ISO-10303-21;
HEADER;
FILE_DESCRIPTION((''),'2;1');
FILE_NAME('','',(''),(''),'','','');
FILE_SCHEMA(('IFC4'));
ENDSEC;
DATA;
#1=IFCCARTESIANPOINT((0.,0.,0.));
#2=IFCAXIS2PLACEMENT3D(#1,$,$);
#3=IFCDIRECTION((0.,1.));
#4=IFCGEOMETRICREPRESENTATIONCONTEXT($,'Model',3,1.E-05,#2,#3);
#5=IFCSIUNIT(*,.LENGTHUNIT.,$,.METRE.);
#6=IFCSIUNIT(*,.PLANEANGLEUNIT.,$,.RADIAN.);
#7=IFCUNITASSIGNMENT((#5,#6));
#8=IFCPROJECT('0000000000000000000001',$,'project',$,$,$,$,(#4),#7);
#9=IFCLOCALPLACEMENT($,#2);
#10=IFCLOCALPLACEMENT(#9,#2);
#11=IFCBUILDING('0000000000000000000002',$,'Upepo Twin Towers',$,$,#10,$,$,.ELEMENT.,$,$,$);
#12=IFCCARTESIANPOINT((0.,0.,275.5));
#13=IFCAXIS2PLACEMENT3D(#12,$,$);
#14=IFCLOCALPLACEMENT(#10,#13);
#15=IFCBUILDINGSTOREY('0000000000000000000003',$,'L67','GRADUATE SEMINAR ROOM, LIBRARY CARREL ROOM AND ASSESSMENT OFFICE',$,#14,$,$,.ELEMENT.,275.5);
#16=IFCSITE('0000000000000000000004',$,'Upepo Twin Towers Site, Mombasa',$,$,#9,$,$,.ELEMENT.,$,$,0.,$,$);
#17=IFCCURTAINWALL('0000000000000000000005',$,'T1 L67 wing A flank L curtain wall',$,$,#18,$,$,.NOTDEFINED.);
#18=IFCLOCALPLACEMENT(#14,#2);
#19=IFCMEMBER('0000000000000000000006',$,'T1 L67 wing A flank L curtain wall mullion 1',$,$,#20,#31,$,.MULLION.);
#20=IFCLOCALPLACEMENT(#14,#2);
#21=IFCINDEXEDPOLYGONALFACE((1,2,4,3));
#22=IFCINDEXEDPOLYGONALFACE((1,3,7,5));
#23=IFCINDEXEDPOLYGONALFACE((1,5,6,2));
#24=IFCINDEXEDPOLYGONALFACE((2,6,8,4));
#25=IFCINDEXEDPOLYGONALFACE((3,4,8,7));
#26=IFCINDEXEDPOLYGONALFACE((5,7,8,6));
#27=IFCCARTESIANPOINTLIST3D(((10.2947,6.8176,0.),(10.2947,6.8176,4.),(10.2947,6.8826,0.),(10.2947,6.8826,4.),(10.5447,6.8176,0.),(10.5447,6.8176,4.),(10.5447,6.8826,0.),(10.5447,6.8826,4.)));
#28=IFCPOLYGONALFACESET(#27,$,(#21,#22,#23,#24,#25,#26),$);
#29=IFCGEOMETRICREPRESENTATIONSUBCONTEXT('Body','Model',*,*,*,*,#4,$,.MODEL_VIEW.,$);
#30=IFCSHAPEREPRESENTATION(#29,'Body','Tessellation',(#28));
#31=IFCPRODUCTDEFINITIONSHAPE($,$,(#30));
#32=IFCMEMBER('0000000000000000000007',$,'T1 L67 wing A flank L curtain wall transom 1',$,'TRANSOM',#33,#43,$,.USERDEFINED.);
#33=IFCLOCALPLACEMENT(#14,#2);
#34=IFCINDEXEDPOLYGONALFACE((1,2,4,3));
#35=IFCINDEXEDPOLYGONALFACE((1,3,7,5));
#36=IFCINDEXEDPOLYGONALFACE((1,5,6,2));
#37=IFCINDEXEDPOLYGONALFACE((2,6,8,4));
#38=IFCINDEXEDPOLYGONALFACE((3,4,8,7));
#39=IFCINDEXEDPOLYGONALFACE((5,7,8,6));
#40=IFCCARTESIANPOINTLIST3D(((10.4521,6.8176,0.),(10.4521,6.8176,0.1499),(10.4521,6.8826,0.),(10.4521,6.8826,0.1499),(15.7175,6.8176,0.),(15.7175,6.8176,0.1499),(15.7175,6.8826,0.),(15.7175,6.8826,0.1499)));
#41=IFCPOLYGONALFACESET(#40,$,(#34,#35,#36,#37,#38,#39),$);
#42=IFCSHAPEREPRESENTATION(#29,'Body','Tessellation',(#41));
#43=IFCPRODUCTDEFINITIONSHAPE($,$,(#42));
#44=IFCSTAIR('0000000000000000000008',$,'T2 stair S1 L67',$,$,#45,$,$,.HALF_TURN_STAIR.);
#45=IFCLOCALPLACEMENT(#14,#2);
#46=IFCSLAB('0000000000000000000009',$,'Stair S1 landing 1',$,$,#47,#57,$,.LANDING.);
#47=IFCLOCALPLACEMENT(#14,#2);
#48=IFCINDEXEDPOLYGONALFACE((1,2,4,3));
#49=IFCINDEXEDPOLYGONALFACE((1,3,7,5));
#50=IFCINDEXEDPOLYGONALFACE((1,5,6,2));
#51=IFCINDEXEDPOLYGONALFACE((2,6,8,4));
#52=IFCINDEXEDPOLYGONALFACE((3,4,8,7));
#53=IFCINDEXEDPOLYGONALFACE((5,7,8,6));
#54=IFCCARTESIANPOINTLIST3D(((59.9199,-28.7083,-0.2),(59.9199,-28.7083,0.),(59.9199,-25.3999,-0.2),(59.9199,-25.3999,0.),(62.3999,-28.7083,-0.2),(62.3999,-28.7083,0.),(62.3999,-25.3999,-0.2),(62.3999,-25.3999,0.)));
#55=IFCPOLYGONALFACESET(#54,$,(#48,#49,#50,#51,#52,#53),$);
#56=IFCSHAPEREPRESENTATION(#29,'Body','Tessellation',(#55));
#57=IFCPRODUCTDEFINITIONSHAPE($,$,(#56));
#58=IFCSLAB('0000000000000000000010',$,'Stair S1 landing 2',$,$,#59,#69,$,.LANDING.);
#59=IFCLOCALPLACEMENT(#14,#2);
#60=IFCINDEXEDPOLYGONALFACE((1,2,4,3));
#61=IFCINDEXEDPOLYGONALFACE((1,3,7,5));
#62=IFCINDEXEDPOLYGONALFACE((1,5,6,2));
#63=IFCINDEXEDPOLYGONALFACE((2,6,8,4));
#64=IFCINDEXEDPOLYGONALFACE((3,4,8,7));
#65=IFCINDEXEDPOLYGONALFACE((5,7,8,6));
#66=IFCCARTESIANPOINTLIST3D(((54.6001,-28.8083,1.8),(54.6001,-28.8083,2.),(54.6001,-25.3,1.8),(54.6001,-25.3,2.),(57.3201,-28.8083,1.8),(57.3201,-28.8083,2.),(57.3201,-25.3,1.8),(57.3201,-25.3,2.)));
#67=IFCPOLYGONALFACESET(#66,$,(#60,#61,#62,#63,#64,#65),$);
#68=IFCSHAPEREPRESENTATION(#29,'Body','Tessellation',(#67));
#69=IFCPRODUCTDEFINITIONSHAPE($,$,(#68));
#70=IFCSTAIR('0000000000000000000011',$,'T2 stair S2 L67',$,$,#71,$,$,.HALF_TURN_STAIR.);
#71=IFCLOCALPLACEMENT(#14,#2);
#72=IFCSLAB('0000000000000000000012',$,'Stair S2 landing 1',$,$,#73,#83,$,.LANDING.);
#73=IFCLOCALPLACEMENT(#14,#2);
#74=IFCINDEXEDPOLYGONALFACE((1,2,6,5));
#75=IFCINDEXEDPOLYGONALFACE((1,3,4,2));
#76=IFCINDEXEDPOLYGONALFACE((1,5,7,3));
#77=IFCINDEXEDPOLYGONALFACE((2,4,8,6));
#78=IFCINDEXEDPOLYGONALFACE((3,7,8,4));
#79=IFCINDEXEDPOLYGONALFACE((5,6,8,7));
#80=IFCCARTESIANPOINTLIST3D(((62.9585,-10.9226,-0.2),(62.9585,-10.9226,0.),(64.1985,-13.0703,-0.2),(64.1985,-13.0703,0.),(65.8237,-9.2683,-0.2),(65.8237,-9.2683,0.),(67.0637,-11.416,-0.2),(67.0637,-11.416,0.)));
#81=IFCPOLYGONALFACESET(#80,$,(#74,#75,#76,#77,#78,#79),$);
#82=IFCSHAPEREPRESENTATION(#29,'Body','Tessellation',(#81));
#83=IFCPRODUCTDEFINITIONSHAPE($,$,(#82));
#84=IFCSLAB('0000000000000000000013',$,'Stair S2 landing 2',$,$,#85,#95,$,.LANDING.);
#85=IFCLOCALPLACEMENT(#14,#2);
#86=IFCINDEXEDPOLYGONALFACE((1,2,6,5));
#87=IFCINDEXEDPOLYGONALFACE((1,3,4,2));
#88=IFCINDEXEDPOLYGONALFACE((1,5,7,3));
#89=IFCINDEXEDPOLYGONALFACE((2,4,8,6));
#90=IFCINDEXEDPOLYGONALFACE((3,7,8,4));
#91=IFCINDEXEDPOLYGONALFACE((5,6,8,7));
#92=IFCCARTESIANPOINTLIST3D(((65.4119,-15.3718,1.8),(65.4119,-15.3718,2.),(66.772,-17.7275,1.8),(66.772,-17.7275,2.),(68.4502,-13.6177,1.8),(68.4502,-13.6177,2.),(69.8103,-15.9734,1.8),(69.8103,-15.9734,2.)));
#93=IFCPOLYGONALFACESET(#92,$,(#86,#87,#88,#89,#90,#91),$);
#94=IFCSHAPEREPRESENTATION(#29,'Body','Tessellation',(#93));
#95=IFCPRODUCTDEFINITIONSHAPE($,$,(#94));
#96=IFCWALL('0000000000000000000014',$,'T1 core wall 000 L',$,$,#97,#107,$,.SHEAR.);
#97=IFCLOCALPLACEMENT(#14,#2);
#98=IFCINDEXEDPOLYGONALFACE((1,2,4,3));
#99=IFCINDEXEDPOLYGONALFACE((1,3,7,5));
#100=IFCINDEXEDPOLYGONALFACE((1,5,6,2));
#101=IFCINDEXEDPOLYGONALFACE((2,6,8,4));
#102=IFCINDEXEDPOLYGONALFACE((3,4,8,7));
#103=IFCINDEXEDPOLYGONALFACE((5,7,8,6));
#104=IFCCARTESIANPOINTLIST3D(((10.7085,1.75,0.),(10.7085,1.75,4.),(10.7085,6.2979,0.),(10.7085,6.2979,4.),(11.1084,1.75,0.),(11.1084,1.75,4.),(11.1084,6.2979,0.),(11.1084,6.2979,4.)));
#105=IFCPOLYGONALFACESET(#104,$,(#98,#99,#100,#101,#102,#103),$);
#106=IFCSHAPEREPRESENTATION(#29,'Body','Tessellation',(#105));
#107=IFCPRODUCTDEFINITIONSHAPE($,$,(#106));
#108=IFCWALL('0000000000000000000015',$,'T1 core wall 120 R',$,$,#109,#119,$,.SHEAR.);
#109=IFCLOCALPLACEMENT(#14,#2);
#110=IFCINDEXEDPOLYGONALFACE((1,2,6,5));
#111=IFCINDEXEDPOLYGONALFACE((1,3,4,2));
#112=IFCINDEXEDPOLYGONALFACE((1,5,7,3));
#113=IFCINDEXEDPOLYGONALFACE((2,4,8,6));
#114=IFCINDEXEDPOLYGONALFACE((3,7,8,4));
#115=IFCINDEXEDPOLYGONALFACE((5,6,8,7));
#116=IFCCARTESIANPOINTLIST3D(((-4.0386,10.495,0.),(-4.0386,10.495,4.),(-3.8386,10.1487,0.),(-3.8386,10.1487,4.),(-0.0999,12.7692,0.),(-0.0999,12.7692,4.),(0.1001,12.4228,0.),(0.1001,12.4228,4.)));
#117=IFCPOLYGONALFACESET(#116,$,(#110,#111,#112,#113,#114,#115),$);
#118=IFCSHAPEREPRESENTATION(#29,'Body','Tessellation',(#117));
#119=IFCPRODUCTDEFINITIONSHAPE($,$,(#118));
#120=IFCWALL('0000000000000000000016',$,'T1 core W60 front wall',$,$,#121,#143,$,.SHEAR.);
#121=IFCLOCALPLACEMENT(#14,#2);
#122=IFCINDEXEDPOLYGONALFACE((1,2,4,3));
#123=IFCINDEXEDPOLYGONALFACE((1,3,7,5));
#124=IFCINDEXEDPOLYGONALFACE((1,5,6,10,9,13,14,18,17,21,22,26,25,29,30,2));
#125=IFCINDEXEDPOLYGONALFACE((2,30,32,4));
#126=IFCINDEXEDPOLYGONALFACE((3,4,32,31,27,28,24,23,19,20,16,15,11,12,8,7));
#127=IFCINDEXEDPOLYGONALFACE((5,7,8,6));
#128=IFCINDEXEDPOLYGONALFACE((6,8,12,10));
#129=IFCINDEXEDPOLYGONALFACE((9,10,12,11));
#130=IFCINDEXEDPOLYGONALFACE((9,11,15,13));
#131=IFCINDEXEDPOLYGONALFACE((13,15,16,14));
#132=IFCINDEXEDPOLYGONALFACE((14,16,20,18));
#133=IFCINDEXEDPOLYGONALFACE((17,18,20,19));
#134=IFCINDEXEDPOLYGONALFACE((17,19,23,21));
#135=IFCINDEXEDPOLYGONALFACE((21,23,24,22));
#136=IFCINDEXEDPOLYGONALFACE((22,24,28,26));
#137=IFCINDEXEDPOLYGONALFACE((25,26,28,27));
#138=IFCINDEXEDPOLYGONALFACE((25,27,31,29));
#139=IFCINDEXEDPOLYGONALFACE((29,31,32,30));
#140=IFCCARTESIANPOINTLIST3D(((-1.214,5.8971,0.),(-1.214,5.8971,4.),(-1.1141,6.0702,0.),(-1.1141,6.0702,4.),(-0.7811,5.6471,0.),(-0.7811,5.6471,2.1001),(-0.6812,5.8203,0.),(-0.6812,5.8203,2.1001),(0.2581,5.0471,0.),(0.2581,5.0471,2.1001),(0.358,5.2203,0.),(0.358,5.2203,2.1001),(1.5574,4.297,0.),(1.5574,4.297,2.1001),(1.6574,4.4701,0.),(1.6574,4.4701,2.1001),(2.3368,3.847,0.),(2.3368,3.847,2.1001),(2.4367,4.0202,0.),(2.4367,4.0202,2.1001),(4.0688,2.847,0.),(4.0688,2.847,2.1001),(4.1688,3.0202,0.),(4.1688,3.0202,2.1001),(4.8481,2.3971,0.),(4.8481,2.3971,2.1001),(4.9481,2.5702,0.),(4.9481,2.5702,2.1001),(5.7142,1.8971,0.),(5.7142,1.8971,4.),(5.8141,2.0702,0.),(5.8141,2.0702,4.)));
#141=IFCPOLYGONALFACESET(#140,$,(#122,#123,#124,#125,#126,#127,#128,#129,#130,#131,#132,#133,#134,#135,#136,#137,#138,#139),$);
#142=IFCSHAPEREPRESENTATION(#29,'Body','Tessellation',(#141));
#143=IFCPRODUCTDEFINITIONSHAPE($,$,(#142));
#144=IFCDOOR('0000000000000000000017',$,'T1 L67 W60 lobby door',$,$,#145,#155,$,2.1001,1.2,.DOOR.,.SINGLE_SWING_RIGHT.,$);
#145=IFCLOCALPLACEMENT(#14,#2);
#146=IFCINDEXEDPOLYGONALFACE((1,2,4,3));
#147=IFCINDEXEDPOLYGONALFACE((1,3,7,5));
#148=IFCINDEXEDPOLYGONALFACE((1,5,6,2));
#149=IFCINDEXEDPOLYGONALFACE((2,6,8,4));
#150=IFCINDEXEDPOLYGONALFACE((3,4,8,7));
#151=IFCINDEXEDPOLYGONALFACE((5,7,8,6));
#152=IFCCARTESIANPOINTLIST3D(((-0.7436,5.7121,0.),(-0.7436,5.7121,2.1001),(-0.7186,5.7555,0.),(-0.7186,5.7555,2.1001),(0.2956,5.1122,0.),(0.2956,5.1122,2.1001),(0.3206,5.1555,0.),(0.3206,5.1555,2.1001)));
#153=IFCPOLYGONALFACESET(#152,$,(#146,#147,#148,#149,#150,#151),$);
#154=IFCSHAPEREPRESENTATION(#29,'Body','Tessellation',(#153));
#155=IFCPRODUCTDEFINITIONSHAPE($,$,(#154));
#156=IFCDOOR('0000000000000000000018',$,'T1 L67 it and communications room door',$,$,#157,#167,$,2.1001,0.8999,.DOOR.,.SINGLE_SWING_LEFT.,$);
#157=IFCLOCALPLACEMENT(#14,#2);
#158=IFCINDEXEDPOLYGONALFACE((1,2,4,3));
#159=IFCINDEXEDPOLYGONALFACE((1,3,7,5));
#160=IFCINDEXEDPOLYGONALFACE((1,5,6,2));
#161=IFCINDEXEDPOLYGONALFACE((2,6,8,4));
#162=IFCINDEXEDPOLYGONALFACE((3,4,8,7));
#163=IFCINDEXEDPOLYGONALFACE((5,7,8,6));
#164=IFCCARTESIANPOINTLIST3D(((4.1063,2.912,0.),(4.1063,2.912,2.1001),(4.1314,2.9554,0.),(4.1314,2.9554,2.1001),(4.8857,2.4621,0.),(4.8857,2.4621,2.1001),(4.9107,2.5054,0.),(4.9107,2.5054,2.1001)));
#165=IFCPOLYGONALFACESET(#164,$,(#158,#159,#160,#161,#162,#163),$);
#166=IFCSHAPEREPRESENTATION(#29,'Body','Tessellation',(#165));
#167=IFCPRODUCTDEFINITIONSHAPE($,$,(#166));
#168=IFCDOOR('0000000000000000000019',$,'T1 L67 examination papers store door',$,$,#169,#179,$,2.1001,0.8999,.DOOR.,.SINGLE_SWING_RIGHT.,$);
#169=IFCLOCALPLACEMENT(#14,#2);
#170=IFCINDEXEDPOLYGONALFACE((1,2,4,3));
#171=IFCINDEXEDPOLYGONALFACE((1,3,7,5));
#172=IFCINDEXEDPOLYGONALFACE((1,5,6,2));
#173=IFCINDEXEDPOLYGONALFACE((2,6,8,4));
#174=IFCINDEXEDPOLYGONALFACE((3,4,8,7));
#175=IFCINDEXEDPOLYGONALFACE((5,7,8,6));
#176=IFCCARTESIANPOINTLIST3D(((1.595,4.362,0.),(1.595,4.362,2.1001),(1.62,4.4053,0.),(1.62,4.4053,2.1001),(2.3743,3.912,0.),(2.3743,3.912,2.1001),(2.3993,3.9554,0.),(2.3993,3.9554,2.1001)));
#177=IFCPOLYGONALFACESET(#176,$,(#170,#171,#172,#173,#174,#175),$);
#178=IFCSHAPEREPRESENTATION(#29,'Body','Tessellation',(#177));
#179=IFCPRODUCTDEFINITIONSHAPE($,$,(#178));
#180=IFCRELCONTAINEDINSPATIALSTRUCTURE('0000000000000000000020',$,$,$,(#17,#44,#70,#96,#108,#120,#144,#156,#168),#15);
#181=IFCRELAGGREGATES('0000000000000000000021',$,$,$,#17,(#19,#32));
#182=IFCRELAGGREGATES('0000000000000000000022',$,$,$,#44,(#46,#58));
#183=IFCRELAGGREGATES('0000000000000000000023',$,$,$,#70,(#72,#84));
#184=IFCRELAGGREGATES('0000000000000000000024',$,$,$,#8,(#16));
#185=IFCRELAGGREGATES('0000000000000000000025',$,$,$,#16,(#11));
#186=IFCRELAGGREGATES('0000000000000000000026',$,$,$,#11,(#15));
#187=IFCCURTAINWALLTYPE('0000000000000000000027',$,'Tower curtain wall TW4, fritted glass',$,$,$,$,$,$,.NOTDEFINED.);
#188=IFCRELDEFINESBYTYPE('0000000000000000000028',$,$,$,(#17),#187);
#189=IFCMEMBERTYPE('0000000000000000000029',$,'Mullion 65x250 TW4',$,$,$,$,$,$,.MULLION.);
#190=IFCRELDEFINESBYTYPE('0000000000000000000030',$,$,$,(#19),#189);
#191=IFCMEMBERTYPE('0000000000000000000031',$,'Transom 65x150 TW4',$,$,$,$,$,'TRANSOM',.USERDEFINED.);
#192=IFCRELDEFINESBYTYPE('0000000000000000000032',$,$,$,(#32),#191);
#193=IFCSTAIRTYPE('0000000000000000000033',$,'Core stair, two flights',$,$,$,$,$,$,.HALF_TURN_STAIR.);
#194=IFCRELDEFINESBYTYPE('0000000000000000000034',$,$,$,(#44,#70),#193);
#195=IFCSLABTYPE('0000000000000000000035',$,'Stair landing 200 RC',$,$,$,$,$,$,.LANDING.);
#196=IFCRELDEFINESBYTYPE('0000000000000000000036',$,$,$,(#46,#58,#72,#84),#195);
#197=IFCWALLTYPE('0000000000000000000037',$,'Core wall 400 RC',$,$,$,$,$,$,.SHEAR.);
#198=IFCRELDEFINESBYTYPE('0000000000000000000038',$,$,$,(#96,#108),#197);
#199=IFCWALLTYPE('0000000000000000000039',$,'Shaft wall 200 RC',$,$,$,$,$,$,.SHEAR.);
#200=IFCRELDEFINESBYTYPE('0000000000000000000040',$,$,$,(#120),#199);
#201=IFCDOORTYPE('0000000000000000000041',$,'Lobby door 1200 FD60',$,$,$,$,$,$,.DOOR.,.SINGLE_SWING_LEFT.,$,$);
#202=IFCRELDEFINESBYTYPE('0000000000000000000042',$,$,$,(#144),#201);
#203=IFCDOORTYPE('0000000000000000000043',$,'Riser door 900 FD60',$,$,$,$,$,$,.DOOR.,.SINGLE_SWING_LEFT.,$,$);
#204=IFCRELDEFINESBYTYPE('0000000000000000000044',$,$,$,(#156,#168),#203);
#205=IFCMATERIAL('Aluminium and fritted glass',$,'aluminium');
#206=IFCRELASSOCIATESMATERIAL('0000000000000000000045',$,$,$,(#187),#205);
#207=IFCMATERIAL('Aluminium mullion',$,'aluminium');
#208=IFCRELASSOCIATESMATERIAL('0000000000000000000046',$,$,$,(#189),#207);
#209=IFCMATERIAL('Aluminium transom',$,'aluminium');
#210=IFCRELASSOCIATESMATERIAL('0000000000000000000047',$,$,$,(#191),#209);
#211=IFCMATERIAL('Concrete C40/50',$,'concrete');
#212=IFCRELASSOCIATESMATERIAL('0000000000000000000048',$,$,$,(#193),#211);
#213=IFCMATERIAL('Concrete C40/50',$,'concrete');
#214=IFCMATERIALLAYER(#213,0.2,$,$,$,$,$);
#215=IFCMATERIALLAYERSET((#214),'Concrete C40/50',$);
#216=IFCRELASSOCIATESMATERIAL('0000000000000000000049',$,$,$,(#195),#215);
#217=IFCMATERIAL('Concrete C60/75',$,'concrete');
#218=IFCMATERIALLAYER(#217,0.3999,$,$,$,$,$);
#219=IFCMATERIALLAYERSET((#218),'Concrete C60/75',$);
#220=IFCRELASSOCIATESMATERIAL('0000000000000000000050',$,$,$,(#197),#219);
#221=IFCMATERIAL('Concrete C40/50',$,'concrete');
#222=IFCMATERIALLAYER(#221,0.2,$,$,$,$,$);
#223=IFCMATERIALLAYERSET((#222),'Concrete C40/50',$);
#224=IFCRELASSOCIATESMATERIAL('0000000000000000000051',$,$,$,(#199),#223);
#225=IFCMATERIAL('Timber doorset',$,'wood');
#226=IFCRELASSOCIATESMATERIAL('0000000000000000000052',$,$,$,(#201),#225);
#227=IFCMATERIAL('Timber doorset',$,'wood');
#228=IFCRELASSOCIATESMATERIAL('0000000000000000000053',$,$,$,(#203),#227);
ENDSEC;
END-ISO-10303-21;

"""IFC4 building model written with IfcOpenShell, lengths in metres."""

from ifc_helpers import new_model, si_unit, direction, frame, frame_2d, origin, origin_2d, place, context, subcontext, project, spatial, polyline, rectangle, outline, extrude, material, layer, layer_set, material_profile, profile_set, type_object, element, fill, aggregate, save


model = new_model("IFC4")

# Units and contexts
model_context = context("Model", 3, precision=1e-05, world=origin(), true_north=direction((0.0, 1.0)))
body_context = subcontext(model_context, "Body", "Model", "MODEL_VIEW")
ifc_project = project(units=[si_unit("LENGTHUNIT", "METRE"), si_unit("PLANEANGLEUNIT", "RADIAN")], contexts=[model_context])

# Site, building, storey
site_placement = place(None, origin())
site = spatial("IfcSite", under=ifc_project, at=site_placement, Name="Upepo Twin Towers Site, Mombasa", CompositionType="ELEMENT", RefElevation=0.0)
building_placement = place(site_placement, origin())
building = spatial("IfcBuilding", under=site, at=building_placement, Name="Upepo Twin Towers", CompositionType="ELEMENT")
storey_placement = place(building_placement, frame((0.0, 0.0, 275.5)))
storey = spatial("IfcBuildingStorey", under=building, at=storey_placement, Name="L67", Description="GRADUATE SEMINAR ROOM, LIBRARY CARREL ROOM AND ASSESSMENT OFFICE", CompositionType="ELEMENT", Elevation=275.5)

# Curtain wall, members
ifc_material_1 = material(Name="Aluminium and fritted glass", Category="aluminium")
curtain_wall_type = type_object("IfcCurtainWallType", Name="Tower curtain wall TW4, fritted glass", PredefinedType="NOTDEFINED", material=ifc_material_1)
curtain_wall_placement = place(storey_placement, origin())
curtain_wall = element("IfcCurtainWall", 1, at=curtain_wall_placement, inside=storey, type_object=curtain_wall_type, Name="T1 L67 wing A flank L curtain wall", PredefinedType="NOTDEFINED")
ifc_material_2 = material(Name="Aluminium mullion", Category="aluminium")
ifc_material_profile_1 = material_profile(ifc_material_2, rectangle(XDim=0.0649, YDim=0.25, at=origin_2d()), Name="MULLION 65x250")
ifc_profile_set_1 = profile_set([ifc_material_profile_1], Name="Aluminium mullion")
member_type_1 = type_object("IfcMemberType", Name="Mullion 65x250 TW4", PredefinedType="MULLION", material=ifc_profile_set_1)
member_1_placement = place(storey_placement, frame((10.4197, 6.8501, 0.0), z_axis=(0.0, 0.0, 1.0), x_axis=(0.0, 1.0, 0.0)))
member_1 = element("IfcMember", 2, at=member_1_placement, type_object=member_type_1, Name="T1 L67 wing A flank L curtain wall mullion 1", PredefinedType="MULLION", context=body_context, shape_type="SweptSolid", body=[
    extrude(rectangle(XDim=0.0649, YDim=0.25, at=origin_2d()), origin(), (0.0, 0.0, 1.0), 4.0),
])
ifc_material_3 = material(Name="Aluminium transom", Category="aluminium")
ifc_material_profile_2 = material_profile(ifc_material_3, rectangle(XDim=0.0649, YDim=0.1499, at=origin_2d()), Name="TRANSOM 65x150")
ifc_profile_set_2 = profile_set([ifc_material_profile_2], Name="Aluminium transom")
member_type_2 = type_object("IfcMemberType", Name="Transom 65x150 TW4", ElementType="TRANSOM", PredefinedType="USERDEFINED", material=ifc_profile_set_2)
member_2_placement = place(storey_placement, frame((10.4521, 6.8501, 0.075), z_axis=(1.0, 0.0, 0.0), x_axis=(0.0, 1.0, 0.0)))
member_2 = element("IfcMember", 3, at=member_2_placement, type_object=member_type_2, Name="T1 L67 wing A flank L curtain wall transom 1", ObjectType="TRANSOM", PredefinedType="USERDEFINED", context=body_context, shape_type="SweptSolid", body=[
    extrude(rectangle(XDim=0.0649, YDim=0.1499, at=origin_2d()), origin(), (0.0, 0.0, 1.0), 5.2654),
])
aggregate(curtain_wall, [member_1, member_2])

# Stairs, slabs
ifc_material_4 = material(Name="Concrete C40/50", Category="concrete")
stair_type = type_object("IfcStairType", Name="Core stair, two flights", PredefinedType="HALF_TURN_STAIR", material=ifc_material_4)
stair_1_placement = place(storey_placement, origin())
stair_1 = element("IfcStair", 4, at=stair_1_placement, inside=storey, type_object=stair_type, Name="T2 stair S1 L67", PredefinedType="HALF_TURN_STAIR")
ifc_material_5 = material(Name="Concrete C40/50", Category="concrete")
ifc_layer_1 = layer(ifc_material_5, 0.2)
ifc_layer_set_1 = layer_set([ifc_layer_1], Name="Concrete C40/50")
slab_type = type_object("IfcSlabType", Name="Stair landing 200 RC", PredefinedType="LANDING", material=ifc_layer_set_1)
slab_1_placement = place(storey_placement, frame((0.0, 0.0, -0.2)))
slab_1 = element("IfcSlab", 5, at=slab_1_placement, type_object=slab_type, Name="Stair S1 landing 1", PredefinedType="LANDING", context=body_context, shape_type="SweptSolid", body=[
    extrude(outline(polyline([(59.9199, -25.3999), (59.9199, -28.7083), (62.3999, -28.7083), (62.3999, -25.3999), (59.9199, -25.3999)])), origin(), (0.0, 0.0, 1.0), 0.2),
])
slab_2_placement = place(storey_placement, frame((0.0, 0.0, 1.8)))
slab_2 = element("IfcSlab", 6, at=slab_2_placement, type_object=slab_type, Name="Stair S1 landing 2", PredefinedType="LANDING", context=body_context, shape_type="SweptSolid", body=[
    extrude(outline(polyline([(54.6001, -25.3), (54.6001, -28.8083), (57.3201, -28.8083), (57.3201, -25.3), (54.6001, -25.3)])), origin(), (0.0, 0.0, 1.0), 0.2),
])
aggregate(stair_1, [slab_1, slab_2])
stair_2_placement = place(storey_placement, origin())
stair_2 = element("IfcStair", 7, at=stair_2_placement, inside=storey, type_object=stair_type, Name="T2 stair S2 L67", PredefinedType="HALF_TURN_STAIR")
slab_3_placement = place(storey_placement, frame((0.0, 0.0, -0.2)))
slab_3 = element("IfcSlab", 8, at=slab_3_placement, type_object=slab_type, Name="Stair S2 landing 1", PredefinedType="LANDING", context=body_context, shape_type="SweptSolid", body=[
    extrude(outline(polyline([(64.1985, -13.0703), (67.0637, -11.416), (65.8237, -9.2683), (62.9585, -10.9226), (64.1985, -13.0703)])), origin(), (0.0, 0.0, 1.0), 0.2),
])
slab_4_placement = place(storey_placement, frame((0.0, 0.0, 1.8)))
slab_4 = element("IfcSlab", 9, at=slab_4_placement, type_object=slab_type, Name="Stair S2 landing 2", PredefinedType="LANDING", context=body_context, shape_type="SweptSolid", body=[
    extrude(outline(polyline([(66.772, -17.7275), (69.8103, -15.9734), (68.4502, -13.6177), (65.4119, -15.3718), (66.772, -17.7275)])), origin(), (0.0, 0.0, 1.0), 0.2),
])
aggregate(stair_2, [slab_3, slab_4])

# Walls
ifc_material_6 = material(Name="Concrete C60/75", Category="concrete")
ifc_layer_2 = layer(ifc_material_6, 0.3999)
ifc_layer_set_2 = layer_set([ifc_layer_2], Name="Concrete C60/75")
wall_type_1 = type_object("IfcWallType", Name="Core wall 400 RC", PredefinedType="SHEAR", material=ifc_layer_set_2)
wall_1_placement = place(storey_placement, frame((10.9084, 1.75, 0.0), z_axis=(0.0, 0.0, 1.0), x_axis=(0.0, 1.0, 0.0)))
element("IfcWall", 10, at=wall_1_placement, inside=storey, type_object=wall_type_1, Name="T1 core wall 000 L", PredefinedType="SHEAR", context=body_context, shape_type="SweptSolid", body=[
    extrude(rectangle(XDim=4.5479, YDim=0.3999, at=frame_2d((2.2739, 0.0))), origin(), (0.0, 0.0, 1.0), 4.0),
])
wall_2_placement = place(storey_placement, frame((0.0, 12.5959, 0.0), z_axis=(0.0, 0.0, 1.0), x_axis=(-0.866011, -0.500024, 0.0)))
element("IfcWall", 11, at=wall_2_placement, inside=storey, type_object=wall_type_1, Name="T1 core wall 120 R", PredefinedType="SHEAR", context=body_context, shape_type="SweptSolid", body=[
    extrude(rectangle(XDim=4.5481, YDim=0.3999, at=frame_2d((2.2739, 0.0))), origin(), (0.0, 0.0, 1.0), 4.0),
])

# Wall, openings, doors
ifc_material_7 = material(Name="Concrete C40/50", Category="concrete")
ifc_layer_3 = layer(ifc_material_7, 0.2)
ifc_layer_set_3 = layer_set([ifc_layer_3], Name="Concrete C40/50")
wall_type_2 = type_object("IfcWallType", Name="Shaft wall 200 RC", PredefinedType="SHEAR", material=ifc_layer_set_3)
wall_3_placement = place(storey_placement, frame((5.7642, 1.9836, 0.0), z_axis=(0.0, 0.0, 1.0), x_axis=(-0.866026, 0.499999, 0.0)))
wall_3 = element("IfcWall", 12, at=wall_3_placement, inside=storey, type_object=wall_type_2, Name="T1 core W60 front wall", PredefinedType="SHEAR", context=body_context, shape_type="SweptSolid", body=[
    extrude(rectangle(XDim=8.0, YDim=0.2, at=frame_2d((4.0, 0.0))), origin(), (0.0, 0.0, 1.0), 4.0),
])
opening_1_placement = place(wall_3_placement, frame((6.3, 0.0, 0.0)))
opening_1 = element("IfcOpeningElement", 13, at=opening_1_placement, cuts=wall_3, PredefinedType="OPENING", context=body_context, shape_type="SweptSolid", body=[
    extrude(rectangle(XDim=1.2, YDim=2.1001, at=frame_2d((0.6001, 1.05))), frame((0.0, 0.1099, 0.0), z_axis=(0.0, -1.0, 0.0), x_axis=(1.0, 0.0, 0.0)), (0.0, 0.0, 1.0), 0.22),
])
opening_2_placement = place(wall_3_placement, frame((1.0, 0.0, 0.0)))
opening_2 = element("IfcOpeningElement", 14, at=opening_2_placement, cuts=wall_3, PredefinedType="OPENING", context=body_context, shape_type="SweptSolid", body=[
    extrude(rectangle(XDim=0.8999, YDim=2.1001, at=frame_2d((0.45, 1.05))), frame((0.0, 0.1099, 0.0), z_axis=(0.0, -1.0, 0.0), x_axis=(1.0, 0.0, 0.0)), (0.0, 0.0, 1.0), 0.22),
])
opening_3_placement = place(wall_3_placement, frame((3.8999, 0.0, 0.0)))
opening_3 = element("IfcOpeningElement", 15, at=opening_3_placement, cuts=wall_3, PredefinedType="OPENING", context=body_context, shape_type="SweptSolid", body=[
    extrude(rectangle(XDim=0.8999, YDim=2.1001, at=frame_2d((0.45, 1.05))), frame((0.0, 0.1099, 0.0), z_axis=(0.0, -1.0, 0.0), x_axis=(1.0, 0.0, 0.0)), (0.0, 0.0, 1.0), 0.22),
])
ifc_material_8 = material(Name="Timber doorset", Category="wood")
door_type_1 = type_object("IfcDoorType", Name="Lobby door 1200 FD60", OperationType="SINGLE_SWING_LEFT", PredefinedType="DOOR", material=ifc_material_8)
door_1_placement = place(opening_1_placement, origin())
door_1 = element("IfcDoor", 16, at=door_1_placement, inside=storey, type_object=door_type_1, Name="T1 L67 W60 lobby door", OperationType="SINGLE_SWING_RIGHT", OverallHeight=2.1001, OverallWidth=1.2, PredefinedType="DOOR", context=body_context, shape_type="SweptSolid", body=[
    extrude(rectangle(XDim=1.2, YDim=2.1001, at=frame_2d((0.6001, 1.05))), frame((0.0, 0.0249, 0.0), z_axis=(0.0, -1.0, 0.0), x_axis=(1.0, 0.0, 0.0)), (0.0, 0.0, 1.0), 0.05),
])
fill(opening_1, door_1)
ifc_material_9 = material(Name="Timber doorset", Category="wood")
door_type_2 = type_object("IfcDoorType", Name="Riser door 900 FD60", OperationType="SINGLE_SWING_LEFT", PredefinedType="DOOR", material=ifc_material_9)
door_2_placement = place(opening_2_placement, origin())
door_2 = element("IfcDoor", 17, at=door_2_placement, inside=storey, type_object=door_type_2, Name="T1 L67 it and communications room door", OperationType="SINGLE_SWING_LEFT", OverallHeight=2.1001, OverallWidth=0.8999, PredefinedType="DOOR", context=body_context, shape_type="SweptSolid", body=[
    extrude(rectangle(XDim=0.8999, YDim=2.1001, at=frame_2d((0.45, 1.05))), frame((0.0, 0.0249, 0.0), z_axis=(0.0, -1.0, 0.0), x_axis=(1.0, 0.0, 0.0)), (0.0, 0.0, 1.0), 0.05),
])
fill(opening_2, door_2)
door_3_placement = place(opening_3_placement, origin())
door_3 = element("IfcDoor", 18, at=door_3_placement, inside=storey, type_object=door_type_2, Name="T1 L67 examination papers store door", OperationType="SINGLE_SWING_RIGHT", OverallHeight=2.1001, OverallWidth=0.8999, PredefinedType="DOOR", context=body_context, shape_type="SweptSolid", body=[
    extrude(rectangle(XDim=0.8999, YDim=2.1001, at=frame_2d((0.45, 1.05))), frame((0.0, 0.0249, 0.0), z_axis=(0.0, -1.0, 0.0), x_axis=(1.0, 0.0, 0.0)), (0.0, 0.0, 1.0), 0.05),
])
fill(opening_3, door_3)

save(model, "model.ifc")
